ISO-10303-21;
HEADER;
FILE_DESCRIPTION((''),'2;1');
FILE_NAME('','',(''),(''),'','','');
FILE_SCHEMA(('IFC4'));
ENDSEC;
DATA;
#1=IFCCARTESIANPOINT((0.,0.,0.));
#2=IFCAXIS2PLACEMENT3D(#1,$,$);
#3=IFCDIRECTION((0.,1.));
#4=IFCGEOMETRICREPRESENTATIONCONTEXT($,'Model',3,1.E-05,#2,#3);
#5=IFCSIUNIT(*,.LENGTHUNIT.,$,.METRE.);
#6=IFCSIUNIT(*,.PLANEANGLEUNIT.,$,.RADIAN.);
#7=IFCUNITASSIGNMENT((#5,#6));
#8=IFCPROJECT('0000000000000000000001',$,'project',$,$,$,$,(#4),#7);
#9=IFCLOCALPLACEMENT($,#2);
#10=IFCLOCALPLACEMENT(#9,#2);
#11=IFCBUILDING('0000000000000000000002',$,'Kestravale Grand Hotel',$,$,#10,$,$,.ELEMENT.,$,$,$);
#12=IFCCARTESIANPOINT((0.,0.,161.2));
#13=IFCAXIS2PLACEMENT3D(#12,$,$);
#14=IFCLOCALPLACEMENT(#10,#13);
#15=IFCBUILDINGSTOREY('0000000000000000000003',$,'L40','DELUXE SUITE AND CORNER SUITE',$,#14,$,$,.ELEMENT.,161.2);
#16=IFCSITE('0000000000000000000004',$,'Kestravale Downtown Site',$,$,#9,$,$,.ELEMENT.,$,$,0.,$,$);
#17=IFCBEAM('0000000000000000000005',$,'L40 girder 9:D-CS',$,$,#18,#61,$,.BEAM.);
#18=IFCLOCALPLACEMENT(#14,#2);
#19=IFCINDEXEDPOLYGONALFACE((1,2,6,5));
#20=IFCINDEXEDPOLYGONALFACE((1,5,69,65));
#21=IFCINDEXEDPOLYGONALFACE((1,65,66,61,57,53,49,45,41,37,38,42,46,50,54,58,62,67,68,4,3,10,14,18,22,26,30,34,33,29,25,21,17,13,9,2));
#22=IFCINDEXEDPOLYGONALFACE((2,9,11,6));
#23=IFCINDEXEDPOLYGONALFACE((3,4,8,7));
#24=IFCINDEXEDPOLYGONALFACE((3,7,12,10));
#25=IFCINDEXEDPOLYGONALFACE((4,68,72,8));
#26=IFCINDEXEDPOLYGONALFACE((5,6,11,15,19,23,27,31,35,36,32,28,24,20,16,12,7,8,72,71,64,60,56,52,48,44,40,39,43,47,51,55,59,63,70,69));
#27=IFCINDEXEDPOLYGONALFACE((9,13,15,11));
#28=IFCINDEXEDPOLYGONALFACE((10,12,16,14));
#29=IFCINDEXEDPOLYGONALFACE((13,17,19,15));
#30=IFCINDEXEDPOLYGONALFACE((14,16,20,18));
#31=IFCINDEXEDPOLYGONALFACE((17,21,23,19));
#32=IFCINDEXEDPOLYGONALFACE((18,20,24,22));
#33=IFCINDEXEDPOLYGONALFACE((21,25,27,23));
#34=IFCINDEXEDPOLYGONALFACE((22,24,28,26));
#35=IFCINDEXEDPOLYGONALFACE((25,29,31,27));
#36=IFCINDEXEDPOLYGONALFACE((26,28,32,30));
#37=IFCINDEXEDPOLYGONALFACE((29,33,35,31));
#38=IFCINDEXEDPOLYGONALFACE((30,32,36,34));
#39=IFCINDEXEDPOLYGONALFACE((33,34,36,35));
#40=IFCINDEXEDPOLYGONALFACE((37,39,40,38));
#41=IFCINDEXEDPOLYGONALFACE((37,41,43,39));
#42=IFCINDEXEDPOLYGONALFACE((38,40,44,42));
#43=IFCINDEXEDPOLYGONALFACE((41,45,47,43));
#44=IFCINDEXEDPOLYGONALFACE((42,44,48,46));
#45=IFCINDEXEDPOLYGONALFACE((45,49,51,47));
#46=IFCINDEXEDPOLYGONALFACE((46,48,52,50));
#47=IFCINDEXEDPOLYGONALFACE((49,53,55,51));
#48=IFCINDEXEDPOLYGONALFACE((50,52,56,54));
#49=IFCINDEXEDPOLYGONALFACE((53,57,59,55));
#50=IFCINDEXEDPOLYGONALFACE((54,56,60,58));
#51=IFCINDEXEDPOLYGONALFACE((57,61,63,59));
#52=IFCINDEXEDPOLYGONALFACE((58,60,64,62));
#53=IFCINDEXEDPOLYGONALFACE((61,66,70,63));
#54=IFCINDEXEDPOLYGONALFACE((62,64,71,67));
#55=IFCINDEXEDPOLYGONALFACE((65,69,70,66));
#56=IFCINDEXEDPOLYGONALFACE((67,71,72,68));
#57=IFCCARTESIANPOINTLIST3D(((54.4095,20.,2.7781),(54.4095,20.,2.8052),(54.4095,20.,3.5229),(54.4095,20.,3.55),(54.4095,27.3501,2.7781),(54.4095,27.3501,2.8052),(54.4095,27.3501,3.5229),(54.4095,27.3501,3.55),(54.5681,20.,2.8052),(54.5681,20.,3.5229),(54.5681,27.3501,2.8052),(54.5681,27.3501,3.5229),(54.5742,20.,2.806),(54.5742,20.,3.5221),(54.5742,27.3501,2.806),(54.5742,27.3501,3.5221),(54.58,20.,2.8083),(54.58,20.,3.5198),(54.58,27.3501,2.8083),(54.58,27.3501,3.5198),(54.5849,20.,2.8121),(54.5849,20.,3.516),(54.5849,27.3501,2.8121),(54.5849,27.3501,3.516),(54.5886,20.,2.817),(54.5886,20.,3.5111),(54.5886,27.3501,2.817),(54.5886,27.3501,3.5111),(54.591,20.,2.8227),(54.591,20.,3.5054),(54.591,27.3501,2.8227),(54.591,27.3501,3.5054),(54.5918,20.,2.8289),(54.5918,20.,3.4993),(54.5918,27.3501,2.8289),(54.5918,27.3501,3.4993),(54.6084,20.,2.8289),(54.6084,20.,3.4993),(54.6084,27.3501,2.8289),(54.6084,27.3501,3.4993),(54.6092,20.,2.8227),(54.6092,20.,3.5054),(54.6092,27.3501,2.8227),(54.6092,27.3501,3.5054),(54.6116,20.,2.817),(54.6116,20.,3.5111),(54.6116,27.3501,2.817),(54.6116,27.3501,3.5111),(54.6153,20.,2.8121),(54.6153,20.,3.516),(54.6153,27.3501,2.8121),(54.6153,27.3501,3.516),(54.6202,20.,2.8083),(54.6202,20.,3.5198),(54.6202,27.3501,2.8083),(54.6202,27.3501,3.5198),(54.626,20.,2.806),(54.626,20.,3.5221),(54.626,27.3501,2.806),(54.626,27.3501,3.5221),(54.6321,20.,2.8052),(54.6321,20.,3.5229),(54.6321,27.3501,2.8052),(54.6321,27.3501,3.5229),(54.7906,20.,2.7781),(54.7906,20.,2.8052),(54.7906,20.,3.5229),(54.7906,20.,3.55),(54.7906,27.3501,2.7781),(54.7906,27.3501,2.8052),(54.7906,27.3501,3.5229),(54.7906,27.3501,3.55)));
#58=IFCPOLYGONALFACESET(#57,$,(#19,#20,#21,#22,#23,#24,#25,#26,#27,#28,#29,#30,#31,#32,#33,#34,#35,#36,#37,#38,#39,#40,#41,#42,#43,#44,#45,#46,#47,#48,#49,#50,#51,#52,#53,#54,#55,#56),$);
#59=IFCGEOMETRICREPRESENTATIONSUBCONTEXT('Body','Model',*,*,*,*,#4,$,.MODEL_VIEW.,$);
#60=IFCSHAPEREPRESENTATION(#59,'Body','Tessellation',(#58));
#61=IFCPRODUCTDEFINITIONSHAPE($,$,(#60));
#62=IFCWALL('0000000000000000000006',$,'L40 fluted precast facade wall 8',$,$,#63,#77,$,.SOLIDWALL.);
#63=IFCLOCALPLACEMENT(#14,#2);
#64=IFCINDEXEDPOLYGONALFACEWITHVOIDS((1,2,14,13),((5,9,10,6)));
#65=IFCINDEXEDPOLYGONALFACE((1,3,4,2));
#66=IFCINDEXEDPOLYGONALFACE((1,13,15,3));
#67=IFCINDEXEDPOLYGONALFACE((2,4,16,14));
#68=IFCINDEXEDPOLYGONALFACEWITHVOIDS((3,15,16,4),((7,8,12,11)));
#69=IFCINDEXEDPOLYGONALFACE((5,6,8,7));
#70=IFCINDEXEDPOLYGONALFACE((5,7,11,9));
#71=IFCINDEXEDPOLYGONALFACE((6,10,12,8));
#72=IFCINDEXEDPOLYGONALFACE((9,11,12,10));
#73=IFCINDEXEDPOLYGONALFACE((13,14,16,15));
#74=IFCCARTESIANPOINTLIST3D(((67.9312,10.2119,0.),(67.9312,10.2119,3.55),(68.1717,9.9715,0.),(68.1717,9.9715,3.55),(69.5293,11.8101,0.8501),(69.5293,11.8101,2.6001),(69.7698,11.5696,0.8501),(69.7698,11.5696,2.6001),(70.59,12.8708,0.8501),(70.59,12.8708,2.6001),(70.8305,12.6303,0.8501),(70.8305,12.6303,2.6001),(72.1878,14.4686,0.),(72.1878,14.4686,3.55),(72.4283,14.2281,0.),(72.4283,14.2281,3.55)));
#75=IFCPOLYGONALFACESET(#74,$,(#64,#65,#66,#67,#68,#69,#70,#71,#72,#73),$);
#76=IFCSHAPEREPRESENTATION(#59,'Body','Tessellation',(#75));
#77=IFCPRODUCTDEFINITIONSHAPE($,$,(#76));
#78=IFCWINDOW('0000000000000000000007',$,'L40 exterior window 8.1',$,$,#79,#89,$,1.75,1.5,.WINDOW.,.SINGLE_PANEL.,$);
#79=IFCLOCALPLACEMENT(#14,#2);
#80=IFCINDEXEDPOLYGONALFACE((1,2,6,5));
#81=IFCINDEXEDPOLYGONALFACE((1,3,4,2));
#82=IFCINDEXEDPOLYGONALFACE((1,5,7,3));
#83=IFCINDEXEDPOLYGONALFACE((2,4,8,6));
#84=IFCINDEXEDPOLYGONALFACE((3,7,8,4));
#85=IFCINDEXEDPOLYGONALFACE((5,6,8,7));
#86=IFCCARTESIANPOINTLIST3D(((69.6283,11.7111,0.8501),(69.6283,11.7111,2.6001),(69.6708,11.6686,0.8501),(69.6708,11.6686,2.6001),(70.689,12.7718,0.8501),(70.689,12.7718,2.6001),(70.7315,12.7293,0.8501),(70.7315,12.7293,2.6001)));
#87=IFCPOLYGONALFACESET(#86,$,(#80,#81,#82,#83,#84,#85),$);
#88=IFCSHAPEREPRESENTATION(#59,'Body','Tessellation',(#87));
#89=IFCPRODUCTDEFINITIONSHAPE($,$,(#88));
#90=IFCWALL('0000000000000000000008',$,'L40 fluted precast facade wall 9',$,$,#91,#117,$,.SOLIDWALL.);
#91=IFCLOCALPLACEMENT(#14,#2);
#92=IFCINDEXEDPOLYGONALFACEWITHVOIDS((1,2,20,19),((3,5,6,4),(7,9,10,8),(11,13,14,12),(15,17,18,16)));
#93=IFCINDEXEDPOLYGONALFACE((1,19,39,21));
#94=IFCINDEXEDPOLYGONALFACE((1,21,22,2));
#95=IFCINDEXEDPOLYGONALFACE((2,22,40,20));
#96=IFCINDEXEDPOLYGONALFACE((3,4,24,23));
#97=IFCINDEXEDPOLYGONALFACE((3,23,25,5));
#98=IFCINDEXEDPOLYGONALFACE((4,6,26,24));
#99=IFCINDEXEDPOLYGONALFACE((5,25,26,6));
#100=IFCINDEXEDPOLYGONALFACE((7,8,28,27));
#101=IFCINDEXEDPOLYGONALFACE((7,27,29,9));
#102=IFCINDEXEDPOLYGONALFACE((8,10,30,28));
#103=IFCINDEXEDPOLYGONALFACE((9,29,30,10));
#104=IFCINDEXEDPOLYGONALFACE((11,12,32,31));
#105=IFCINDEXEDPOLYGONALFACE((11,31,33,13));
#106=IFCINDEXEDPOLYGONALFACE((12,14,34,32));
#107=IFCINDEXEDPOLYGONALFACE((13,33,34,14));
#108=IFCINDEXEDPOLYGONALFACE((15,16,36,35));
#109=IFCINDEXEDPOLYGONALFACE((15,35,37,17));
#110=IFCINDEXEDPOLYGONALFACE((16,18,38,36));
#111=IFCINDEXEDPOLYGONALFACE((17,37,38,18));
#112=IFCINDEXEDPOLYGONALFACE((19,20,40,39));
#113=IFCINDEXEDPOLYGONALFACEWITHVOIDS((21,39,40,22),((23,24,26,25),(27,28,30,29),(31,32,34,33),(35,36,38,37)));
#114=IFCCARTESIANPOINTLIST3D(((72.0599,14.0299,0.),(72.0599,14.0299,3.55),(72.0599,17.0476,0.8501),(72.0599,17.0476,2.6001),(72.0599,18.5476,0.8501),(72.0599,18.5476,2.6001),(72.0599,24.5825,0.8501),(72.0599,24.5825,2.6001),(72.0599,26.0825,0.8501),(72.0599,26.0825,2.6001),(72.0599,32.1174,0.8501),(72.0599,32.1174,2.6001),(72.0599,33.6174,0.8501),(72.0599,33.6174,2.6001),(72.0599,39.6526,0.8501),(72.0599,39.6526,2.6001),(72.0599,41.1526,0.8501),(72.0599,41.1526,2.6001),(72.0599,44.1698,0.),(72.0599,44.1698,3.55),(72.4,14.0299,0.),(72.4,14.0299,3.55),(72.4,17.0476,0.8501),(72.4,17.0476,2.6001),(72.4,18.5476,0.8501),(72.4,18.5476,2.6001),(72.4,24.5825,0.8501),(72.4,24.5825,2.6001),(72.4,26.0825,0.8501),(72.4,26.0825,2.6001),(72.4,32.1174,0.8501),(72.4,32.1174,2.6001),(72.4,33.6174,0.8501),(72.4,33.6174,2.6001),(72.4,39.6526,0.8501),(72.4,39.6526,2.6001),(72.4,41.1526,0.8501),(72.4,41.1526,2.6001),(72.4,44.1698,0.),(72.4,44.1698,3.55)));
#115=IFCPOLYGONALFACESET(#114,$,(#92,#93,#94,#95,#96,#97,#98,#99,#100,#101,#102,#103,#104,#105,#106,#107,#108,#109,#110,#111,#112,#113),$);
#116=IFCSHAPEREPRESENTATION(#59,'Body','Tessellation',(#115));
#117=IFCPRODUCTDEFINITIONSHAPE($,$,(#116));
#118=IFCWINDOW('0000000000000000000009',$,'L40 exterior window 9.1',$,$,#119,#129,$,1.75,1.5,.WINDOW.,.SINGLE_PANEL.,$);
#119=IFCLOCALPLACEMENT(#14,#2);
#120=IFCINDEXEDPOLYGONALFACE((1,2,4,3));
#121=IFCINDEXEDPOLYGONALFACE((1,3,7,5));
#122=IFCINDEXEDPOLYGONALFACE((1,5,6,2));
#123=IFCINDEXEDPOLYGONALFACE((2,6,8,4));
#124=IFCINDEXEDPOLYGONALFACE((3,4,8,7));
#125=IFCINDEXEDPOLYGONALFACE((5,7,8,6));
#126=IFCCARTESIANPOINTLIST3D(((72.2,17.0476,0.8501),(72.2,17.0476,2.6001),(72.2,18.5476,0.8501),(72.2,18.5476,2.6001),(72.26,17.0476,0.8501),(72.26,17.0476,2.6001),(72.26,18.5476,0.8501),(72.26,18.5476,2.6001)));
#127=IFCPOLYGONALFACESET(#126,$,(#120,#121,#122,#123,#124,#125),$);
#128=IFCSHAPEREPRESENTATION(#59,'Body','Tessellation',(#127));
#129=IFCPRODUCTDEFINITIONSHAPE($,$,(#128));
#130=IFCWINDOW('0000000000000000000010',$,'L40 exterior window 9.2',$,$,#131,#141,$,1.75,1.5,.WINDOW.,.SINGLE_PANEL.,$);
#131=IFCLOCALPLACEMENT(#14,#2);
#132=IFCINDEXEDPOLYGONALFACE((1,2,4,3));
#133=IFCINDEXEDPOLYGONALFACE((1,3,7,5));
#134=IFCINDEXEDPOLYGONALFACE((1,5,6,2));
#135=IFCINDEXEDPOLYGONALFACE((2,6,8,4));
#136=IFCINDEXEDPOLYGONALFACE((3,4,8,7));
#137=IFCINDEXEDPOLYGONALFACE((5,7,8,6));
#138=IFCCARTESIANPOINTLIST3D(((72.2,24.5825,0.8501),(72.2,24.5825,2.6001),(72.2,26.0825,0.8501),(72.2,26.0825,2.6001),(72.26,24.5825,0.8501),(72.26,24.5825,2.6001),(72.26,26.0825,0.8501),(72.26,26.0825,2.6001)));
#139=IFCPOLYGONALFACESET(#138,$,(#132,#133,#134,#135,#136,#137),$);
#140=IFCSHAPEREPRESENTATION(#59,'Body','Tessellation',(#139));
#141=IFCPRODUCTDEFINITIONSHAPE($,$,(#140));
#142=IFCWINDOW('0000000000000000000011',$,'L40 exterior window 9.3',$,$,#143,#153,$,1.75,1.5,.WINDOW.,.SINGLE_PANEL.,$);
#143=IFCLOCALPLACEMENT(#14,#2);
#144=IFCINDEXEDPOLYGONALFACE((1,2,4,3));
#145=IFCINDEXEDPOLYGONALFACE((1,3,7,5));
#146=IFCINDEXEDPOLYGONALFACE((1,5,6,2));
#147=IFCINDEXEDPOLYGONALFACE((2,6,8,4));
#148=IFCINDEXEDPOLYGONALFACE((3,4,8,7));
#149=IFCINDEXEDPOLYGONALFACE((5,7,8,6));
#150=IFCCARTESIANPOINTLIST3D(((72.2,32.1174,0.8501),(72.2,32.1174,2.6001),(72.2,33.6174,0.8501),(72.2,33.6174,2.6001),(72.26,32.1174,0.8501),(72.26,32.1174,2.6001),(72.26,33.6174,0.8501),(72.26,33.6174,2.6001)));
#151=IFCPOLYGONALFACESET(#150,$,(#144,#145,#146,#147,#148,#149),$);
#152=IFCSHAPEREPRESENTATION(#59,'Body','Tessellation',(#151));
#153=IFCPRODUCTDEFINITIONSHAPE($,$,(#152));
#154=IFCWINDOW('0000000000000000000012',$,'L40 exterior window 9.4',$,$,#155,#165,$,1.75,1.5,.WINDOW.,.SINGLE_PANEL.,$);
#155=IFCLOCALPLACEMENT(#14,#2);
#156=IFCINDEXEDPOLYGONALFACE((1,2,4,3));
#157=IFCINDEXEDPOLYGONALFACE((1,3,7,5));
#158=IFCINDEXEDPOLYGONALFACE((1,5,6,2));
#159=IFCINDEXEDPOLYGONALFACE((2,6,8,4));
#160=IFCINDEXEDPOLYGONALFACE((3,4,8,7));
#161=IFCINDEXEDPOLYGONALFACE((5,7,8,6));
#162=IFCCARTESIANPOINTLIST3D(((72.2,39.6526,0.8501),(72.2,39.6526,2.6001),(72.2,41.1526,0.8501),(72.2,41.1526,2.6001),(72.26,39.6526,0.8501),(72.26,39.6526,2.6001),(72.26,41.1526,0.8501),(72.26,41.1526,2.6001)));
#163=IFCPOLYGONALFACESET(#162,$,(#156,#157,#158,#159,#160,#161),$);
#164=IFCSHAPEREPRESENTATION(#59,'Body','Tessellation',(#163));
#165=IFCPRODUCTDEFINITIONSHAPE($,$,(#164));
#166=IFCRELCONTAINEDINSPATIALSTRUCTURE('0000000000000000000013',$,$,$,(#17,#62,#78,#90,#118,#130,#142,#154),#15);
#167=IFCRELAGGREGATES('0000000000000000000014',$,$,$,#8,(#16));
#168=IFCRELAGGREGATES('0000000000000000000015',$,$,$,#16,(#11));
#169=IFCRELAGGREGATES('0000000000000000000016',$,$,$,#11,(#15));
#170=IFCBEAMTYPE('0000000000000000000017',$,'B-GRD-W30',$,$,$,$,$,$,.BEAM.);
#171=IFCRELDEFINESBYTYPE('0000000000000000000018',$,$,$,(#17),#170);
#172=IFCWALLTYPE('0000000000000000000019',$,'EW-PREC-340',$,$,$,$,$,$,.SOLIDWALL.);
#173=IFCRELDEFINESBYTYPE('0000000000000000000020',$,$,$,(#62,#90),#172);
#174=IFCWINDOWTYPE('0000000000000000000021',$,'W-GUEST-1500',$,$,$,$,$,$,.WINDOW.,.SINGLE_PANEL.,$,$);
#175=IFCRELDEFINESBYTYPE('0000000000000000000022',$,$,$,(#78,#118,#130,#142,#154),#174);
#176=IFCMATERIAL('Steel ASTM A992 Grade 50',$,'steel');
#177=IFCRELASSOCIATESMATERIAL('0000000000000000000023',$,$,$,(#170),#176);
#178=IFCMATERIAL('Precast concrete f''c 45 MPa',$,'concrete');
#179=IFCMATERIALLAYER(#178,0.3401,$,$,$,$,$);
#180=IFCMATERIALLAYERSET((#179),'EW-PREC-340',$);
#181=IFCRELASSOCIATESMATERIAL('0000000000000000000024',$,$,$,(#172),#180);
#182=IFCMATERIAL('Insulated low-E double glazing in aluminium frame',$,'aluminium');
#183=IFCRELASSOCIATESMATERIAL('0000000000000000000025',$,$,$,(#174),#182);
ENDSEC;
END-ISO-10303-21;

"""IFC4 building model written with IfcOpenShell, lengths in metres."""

from ifc_helpers import new_model, si_unit, direction, frame, frame_2d, origin, origin_2d, place, context, subcontext, project, spatial, rectangle, i_section, extrude, material, layer, layer_set, material_profile, profile_set, type_object, element, fill, save


model = new_model("IFC4")

# Units and contexts
model_context = context("Model", 3, precision=1e-05, world=origin(), true_north=direction((0.0, 1.0)))
body_context = subcontext(model_context, "Body", "Model", "MODEL_VIEW")
ifc_project = project(units=[si_unit("LENGTHUNIT", "METRE"), si_unit("PLANEANGLEUNIT", "RADIAN")], contexts=[model_context])

# Site, building, storey
site_placement = place(None, origin())
site = spatial("IfcSite", under=ifc_project, at=site_placement, Name="Kestravale Downtown Site", CompositionType="ELEMENT", RefElevation=0.0)
building_placement = place(site_placement, origin())
building = spatial("IfcBuilding", under=site, at=building_placement, Name="Kestravale Grand Hotel", CompositionType="ELEMENT")
storey_placement = place(building_placement, frame((0.0, 0.0, 161.2)))
storey = spatial("IfcBuildingStorey", under=building, at=storey_placement, Name="L40", Description="DELUXE SUITE AND CORNER SUITE", CompositionType="ELEMENT", Elevation=161.2)

# Beam
ifc_material_1 = material(Name="Steel ASTM A992 Grade 50", Category="steel")
ifc_material_profile_1 = material_profile(ifc_material_1, i_section(OverallWidth=0.3811, OverallDepth=0.772, WebThickness=0.0166, FlangeThickness=0.0271, FilletRadius=0.0237, at=origin_2d()))
ifc_profile_set_1 = profile_set([ifc_material_profile_1], Name="Steel ASTM A992 Grade 50")
beam_type_1 = type_object("IfcBeamType", Name="B-GRD-W30", PredefinedType="BEAM", material=ifc_profile_set_1)
beam_1_placement = place(storey_placement, frame((54.6001, 20.0, 3.1641), z_axis=(0.0, 1.0, 0.0), x_axis=(-1.0, 0.0, 0.0)))
element("IfcBeam", 1, at=beam_1_placement, inside=storey, type_object=beam_type_1, Name="L40 girder 9:D-CS", PredefinedType="BEAM", context=body_context, shape_type="SweptSolid", body=[
    extrude(i_section(OverallWidth=0.3811, OverallDepth=0.772, WebThickness=0.0166, FlangeThickness=0.0271, FilletRadius=0.0237, at=origin_2d()), origin(), (0.0, 0.0, 1.0), 7.3501),
])

# Wall, opening, window
ifc_material_2 = material(Name="Precast concrete f'c 45 MPa", Category="concrete")
ifc_layer_1 = layer(ifc_material_2, 0.3401)
ifc_layer_set_1 = layer_set([ifc_layer_1], Name="EW-PREC-340")
wall_type_1 = type_object("IfcWallType", Name="EW-PREC-340", PredefinedType="SOLIDWALL", material=ifc_layer_set_1)
wall_1_placement = place(storey_placement, frame((68.0515, 10.0918, 0.0), z_axis=(0.0, 0.0, 1.0), x_axis=(0.707107, 0.707107, 0.0)))
wall_1 = element("IfcWall", 2, at=wall_1_placement, inside=storey, type_object=wall_type_1, Name="L40 fluted precast facade wall 8", PredefinedType="SOLIDWALL", context=body_context, shape_type="SweptSolid", body=[
    extrude(rectangle(XDim=6.0198, YDim=0.3401, at=frame_2d((3.0098, 0.0))), origin(), (0.0, 0.0, 1.0), 3.55),
])
opening_1_placement = place(wall_1_placement, frame((2.26, 0.0, 0.8501)))
opening_1 = element("IfcOpeningElement", 3, at=opening_1_placement, cuts=wall_1, PredefinedType="OPENING", context=body_context, shape_type="SweptSolid", body=[
    extrude(rectangle(XDim=1.5, YDim=1.75, at=frame_2d((0.75, 0.875))), frame((0.0, 0.1799, 0.0), z_axis=(0.0, -1.0, 0.0), x_axis=(1.0, 0.0, 0.0)), (0.0, 0.0, 1.0), 0.3601),
])
ifc_material_3 = material(Name="Insulated low-E double glazing in aluminium frame", Category="aluminium")
window_type = type_object("IfcWindowType", Name="W-GUEST-1500", PartitioningType="SINGLE_PANEL", PredefinedType="WINDOW", material=ifc_material_3)
window_1_placement = place(opening_1_placement, origin())
window_1 = element("IfcWindow", 4, at=window_1_placement, inside=storey, type_object=window_type, Name="L40 exterior window 8.1", OverallHeight=1.75, OverallWidth=1.5, PartitioningType="SINGLE_PANEL", PredefinedType="WINDOW", context=body_context, shape_type="SweptSolid", body=[
    extrude(rectangle(XDim=1.5, YDim=1.75, at=frame_2d((0.75, 0.875))), frame((0.0, 0.03, 0.0), z_axis=(0.0, -1.0, 0.0), x_axis=(1.0, 0.0, 0.0)), (0.0, 0.0, 1.0), 0.0601),
])
fill(opening_1, window_1)

# Wall, openings, windows
wall_2_placement = place(storey_placement, frame((72.23, 14.03, 0.0), z_axis=(0.0, 0.0, 1.0), x_axis=(0.0, 1.0, 0.0)))
wall_2 = element("IfcWall", 5, at=wall_2_placement, inside=storey, type_object=wall_type_1, Name="L40 fluted precast facade wall 9", PredefinedType="SOLIDWALL", context=body_context, shape_type="SweptSolid", body=[
    extrude(rectangle(XDim=30.1399, YDim=0.3401, at=frame_2d((15.0698, 0.0))), origin(), (0.0, 0.0, 1.0), 3.55),
])
opening_2_placement = place(wall_2_placement, frame((3.0176, 0.0, 0.8501)))
opening_2 = element("IfcOpeningElement", 6, at=opening_2_placement, cuts=wall_2, PredefinedType="OPENING", context=body_context, shape_type="SweptSolid", body=[
    extrude(rectangle(XDim=1.5, YDim=1.75, at=frame_2d((0.75, 0.875))), frame((0.0, 0.1799, 0.0), z_axis=(0.0, -1.0, 0.0), x_axis=(1.0, 0.0, 0.0)), (0.0, 0.0, 1.0), 0.3601),
])
opening_3_placement = place(wall_2_placement, frame((10.5525, 0.0, 0.8501)))
opening_3 = element("IfcOpeningElement", 7, at=opening_3_placement, cuts=wall_2, PredefinedType="OPENING", context=body_context, shape_type="SweptSolid", body=[
    extrude(rectangle(XDim=1.5, YDim=1.75, at=frame_2d((0.75, 0.875))), frame((0.0, 0.1799, 0.0), z_axis=(0.0, -1.0, 0.0), x_axis=(1.0, 0.0, 0.0)), (0.0, 0.0, 1.0), 0.3601),
])
opening_4_placement = place(wall_2_placement, frame((18.0874, 0.0, 0.8501)))
opening_4 = element("IfcOpeningElement", 8, at=opening_4_placement, cuts=wall_2, PredefinedType="OPENING", context=body_context, shape_type="SweptSolid", body=[
    extrude(rectangle(XDim=1.5, YDim=1.75, at=frame_2d((0.75, 0.875))), frame((0.0, 0.1799, 0.0), z_axis=(0.0, -1.0, 0.0), x_axis=(1.0, 0.0, 0.0)), (0.0, 0.0, 1.0), 0.3601),
])
opening_5_placement = place(wall_2_placement, frame((25.6226, 0.0, 0.8501)))
opening_5 = element("IfcOpeningElement", 9, at=opening_5_placement, cuts=wall_2, PredefinedType="OPENING", context=body_context, shape_type="SweptSolid", body=[
    extrude(rectangle(XDim=1.5, YDim=1.75, at=frame_2d((0.75, 0.875))), frame((0.0, 0.1799, 0.0), z_axis=(0.0, -1.0, 0.0), x_axis=(1.0, 0.0, 0.0)), (0.0, 0.0, 1.0), 0.3601),
])
window_2_placement = place(opening_2_placement, origin())
window_2 = element("IfcWindow", 10, at=window_2_placement, inside=storey, type_object=window_type, Name="L40 exterior window 9.1", OverallHeight=1.75, OverallWidth=1.5, PartitioningType="SINGLE_PANEL", PredefinedType="WINDOW", context=body_context, shape_type="SweptSolid", body=[
    extrude(rectangle(XDim=1.5, YDim=1.75, at=frame_2d((0.75, 0.875))), frame((0.0, 0.03, 0.0), z_axis=(0.0, -1.0, 0.0), x_axis=(1.0, 0.0, 0.0)), (0.0, 0.0, 1.0), 0.0601),
])
fill(opening_2, window_2)
window_3_placement = place(opening_3_placement, origin())
window_3 = element("IfcWindow", 11, at=window_3_placement, inside=storey, type_object=window_type, Name="L40 exterior window 9.2", OverallHeight=1.75, OverallWidth=1.5, PartitioningType="SINGLE_PANEL", PredefinedType="WINDOW", context=body_context, shape_type="SweptSolid", body=[
    extrude(rectangle(XDim=1.5, YDim=1.75, at=frame_2d((0.75, 0.875))), frame((0.0, 0.03, 0.0), z_axis=(0.0, -1.0, 0.0), x_axis=(1.0, 0.0, 0.0)), (0.0, 0.0, 1.0), 0.0601),
])
fill(opening_3, window_3)
window_4_placement = place(opening_4_placement, origin())
window_4 = element("IfcWindow", 12, at=window_4_placement, inside=storey, type_object=window_type, Name="L40 exterior window 9.3", OverallHeight=1.75, OverallWidth=1.5, PartitioningType="SINGLE_PANEL", PredefinedType="WINDOW", context=body_context, shape_type="SweptSolid", body=[
    extrude(rectangle(XDim=1.5, YDim=1.75, at=frame_2d((0.75, 0.875))), frame((0.0, 0.03, 0.0), z_axis=(0.0, -1.0, 0.0), x_axis=(1.0, 0.0, 0.0)), (0.0, 0.0, 1.0), 0.0601),
])
fill(opening_4, window_4)
window_5_placement = place(opening_5_placement, origin())
window_5 = element("IfcWindow", 13, at=window_5_placement, inside=storey, type_object=window_type, Name="L40 exterior window 9.4", OverallHeight=1.75, OverallWidth=1.5, PartitioningType="SINGLE_PANEL", PredefinedType="WINDOW", context=body_context, shape_type="SweptSolid", body=[
    extrude(rectangle(XDim=1.5, YDim=1.75, at=frame_2d((0.75, 0.875))), frame((0.0, 0.03, 0.0), z_axis=(0.0, -1.0, 0.0), x_axis=(1.0, 0.0, 0.0)), (0.0, 0.0, 1.0), 0.0601),
])
fill(opening_5, window_5)

save(model, "model.ifc")
